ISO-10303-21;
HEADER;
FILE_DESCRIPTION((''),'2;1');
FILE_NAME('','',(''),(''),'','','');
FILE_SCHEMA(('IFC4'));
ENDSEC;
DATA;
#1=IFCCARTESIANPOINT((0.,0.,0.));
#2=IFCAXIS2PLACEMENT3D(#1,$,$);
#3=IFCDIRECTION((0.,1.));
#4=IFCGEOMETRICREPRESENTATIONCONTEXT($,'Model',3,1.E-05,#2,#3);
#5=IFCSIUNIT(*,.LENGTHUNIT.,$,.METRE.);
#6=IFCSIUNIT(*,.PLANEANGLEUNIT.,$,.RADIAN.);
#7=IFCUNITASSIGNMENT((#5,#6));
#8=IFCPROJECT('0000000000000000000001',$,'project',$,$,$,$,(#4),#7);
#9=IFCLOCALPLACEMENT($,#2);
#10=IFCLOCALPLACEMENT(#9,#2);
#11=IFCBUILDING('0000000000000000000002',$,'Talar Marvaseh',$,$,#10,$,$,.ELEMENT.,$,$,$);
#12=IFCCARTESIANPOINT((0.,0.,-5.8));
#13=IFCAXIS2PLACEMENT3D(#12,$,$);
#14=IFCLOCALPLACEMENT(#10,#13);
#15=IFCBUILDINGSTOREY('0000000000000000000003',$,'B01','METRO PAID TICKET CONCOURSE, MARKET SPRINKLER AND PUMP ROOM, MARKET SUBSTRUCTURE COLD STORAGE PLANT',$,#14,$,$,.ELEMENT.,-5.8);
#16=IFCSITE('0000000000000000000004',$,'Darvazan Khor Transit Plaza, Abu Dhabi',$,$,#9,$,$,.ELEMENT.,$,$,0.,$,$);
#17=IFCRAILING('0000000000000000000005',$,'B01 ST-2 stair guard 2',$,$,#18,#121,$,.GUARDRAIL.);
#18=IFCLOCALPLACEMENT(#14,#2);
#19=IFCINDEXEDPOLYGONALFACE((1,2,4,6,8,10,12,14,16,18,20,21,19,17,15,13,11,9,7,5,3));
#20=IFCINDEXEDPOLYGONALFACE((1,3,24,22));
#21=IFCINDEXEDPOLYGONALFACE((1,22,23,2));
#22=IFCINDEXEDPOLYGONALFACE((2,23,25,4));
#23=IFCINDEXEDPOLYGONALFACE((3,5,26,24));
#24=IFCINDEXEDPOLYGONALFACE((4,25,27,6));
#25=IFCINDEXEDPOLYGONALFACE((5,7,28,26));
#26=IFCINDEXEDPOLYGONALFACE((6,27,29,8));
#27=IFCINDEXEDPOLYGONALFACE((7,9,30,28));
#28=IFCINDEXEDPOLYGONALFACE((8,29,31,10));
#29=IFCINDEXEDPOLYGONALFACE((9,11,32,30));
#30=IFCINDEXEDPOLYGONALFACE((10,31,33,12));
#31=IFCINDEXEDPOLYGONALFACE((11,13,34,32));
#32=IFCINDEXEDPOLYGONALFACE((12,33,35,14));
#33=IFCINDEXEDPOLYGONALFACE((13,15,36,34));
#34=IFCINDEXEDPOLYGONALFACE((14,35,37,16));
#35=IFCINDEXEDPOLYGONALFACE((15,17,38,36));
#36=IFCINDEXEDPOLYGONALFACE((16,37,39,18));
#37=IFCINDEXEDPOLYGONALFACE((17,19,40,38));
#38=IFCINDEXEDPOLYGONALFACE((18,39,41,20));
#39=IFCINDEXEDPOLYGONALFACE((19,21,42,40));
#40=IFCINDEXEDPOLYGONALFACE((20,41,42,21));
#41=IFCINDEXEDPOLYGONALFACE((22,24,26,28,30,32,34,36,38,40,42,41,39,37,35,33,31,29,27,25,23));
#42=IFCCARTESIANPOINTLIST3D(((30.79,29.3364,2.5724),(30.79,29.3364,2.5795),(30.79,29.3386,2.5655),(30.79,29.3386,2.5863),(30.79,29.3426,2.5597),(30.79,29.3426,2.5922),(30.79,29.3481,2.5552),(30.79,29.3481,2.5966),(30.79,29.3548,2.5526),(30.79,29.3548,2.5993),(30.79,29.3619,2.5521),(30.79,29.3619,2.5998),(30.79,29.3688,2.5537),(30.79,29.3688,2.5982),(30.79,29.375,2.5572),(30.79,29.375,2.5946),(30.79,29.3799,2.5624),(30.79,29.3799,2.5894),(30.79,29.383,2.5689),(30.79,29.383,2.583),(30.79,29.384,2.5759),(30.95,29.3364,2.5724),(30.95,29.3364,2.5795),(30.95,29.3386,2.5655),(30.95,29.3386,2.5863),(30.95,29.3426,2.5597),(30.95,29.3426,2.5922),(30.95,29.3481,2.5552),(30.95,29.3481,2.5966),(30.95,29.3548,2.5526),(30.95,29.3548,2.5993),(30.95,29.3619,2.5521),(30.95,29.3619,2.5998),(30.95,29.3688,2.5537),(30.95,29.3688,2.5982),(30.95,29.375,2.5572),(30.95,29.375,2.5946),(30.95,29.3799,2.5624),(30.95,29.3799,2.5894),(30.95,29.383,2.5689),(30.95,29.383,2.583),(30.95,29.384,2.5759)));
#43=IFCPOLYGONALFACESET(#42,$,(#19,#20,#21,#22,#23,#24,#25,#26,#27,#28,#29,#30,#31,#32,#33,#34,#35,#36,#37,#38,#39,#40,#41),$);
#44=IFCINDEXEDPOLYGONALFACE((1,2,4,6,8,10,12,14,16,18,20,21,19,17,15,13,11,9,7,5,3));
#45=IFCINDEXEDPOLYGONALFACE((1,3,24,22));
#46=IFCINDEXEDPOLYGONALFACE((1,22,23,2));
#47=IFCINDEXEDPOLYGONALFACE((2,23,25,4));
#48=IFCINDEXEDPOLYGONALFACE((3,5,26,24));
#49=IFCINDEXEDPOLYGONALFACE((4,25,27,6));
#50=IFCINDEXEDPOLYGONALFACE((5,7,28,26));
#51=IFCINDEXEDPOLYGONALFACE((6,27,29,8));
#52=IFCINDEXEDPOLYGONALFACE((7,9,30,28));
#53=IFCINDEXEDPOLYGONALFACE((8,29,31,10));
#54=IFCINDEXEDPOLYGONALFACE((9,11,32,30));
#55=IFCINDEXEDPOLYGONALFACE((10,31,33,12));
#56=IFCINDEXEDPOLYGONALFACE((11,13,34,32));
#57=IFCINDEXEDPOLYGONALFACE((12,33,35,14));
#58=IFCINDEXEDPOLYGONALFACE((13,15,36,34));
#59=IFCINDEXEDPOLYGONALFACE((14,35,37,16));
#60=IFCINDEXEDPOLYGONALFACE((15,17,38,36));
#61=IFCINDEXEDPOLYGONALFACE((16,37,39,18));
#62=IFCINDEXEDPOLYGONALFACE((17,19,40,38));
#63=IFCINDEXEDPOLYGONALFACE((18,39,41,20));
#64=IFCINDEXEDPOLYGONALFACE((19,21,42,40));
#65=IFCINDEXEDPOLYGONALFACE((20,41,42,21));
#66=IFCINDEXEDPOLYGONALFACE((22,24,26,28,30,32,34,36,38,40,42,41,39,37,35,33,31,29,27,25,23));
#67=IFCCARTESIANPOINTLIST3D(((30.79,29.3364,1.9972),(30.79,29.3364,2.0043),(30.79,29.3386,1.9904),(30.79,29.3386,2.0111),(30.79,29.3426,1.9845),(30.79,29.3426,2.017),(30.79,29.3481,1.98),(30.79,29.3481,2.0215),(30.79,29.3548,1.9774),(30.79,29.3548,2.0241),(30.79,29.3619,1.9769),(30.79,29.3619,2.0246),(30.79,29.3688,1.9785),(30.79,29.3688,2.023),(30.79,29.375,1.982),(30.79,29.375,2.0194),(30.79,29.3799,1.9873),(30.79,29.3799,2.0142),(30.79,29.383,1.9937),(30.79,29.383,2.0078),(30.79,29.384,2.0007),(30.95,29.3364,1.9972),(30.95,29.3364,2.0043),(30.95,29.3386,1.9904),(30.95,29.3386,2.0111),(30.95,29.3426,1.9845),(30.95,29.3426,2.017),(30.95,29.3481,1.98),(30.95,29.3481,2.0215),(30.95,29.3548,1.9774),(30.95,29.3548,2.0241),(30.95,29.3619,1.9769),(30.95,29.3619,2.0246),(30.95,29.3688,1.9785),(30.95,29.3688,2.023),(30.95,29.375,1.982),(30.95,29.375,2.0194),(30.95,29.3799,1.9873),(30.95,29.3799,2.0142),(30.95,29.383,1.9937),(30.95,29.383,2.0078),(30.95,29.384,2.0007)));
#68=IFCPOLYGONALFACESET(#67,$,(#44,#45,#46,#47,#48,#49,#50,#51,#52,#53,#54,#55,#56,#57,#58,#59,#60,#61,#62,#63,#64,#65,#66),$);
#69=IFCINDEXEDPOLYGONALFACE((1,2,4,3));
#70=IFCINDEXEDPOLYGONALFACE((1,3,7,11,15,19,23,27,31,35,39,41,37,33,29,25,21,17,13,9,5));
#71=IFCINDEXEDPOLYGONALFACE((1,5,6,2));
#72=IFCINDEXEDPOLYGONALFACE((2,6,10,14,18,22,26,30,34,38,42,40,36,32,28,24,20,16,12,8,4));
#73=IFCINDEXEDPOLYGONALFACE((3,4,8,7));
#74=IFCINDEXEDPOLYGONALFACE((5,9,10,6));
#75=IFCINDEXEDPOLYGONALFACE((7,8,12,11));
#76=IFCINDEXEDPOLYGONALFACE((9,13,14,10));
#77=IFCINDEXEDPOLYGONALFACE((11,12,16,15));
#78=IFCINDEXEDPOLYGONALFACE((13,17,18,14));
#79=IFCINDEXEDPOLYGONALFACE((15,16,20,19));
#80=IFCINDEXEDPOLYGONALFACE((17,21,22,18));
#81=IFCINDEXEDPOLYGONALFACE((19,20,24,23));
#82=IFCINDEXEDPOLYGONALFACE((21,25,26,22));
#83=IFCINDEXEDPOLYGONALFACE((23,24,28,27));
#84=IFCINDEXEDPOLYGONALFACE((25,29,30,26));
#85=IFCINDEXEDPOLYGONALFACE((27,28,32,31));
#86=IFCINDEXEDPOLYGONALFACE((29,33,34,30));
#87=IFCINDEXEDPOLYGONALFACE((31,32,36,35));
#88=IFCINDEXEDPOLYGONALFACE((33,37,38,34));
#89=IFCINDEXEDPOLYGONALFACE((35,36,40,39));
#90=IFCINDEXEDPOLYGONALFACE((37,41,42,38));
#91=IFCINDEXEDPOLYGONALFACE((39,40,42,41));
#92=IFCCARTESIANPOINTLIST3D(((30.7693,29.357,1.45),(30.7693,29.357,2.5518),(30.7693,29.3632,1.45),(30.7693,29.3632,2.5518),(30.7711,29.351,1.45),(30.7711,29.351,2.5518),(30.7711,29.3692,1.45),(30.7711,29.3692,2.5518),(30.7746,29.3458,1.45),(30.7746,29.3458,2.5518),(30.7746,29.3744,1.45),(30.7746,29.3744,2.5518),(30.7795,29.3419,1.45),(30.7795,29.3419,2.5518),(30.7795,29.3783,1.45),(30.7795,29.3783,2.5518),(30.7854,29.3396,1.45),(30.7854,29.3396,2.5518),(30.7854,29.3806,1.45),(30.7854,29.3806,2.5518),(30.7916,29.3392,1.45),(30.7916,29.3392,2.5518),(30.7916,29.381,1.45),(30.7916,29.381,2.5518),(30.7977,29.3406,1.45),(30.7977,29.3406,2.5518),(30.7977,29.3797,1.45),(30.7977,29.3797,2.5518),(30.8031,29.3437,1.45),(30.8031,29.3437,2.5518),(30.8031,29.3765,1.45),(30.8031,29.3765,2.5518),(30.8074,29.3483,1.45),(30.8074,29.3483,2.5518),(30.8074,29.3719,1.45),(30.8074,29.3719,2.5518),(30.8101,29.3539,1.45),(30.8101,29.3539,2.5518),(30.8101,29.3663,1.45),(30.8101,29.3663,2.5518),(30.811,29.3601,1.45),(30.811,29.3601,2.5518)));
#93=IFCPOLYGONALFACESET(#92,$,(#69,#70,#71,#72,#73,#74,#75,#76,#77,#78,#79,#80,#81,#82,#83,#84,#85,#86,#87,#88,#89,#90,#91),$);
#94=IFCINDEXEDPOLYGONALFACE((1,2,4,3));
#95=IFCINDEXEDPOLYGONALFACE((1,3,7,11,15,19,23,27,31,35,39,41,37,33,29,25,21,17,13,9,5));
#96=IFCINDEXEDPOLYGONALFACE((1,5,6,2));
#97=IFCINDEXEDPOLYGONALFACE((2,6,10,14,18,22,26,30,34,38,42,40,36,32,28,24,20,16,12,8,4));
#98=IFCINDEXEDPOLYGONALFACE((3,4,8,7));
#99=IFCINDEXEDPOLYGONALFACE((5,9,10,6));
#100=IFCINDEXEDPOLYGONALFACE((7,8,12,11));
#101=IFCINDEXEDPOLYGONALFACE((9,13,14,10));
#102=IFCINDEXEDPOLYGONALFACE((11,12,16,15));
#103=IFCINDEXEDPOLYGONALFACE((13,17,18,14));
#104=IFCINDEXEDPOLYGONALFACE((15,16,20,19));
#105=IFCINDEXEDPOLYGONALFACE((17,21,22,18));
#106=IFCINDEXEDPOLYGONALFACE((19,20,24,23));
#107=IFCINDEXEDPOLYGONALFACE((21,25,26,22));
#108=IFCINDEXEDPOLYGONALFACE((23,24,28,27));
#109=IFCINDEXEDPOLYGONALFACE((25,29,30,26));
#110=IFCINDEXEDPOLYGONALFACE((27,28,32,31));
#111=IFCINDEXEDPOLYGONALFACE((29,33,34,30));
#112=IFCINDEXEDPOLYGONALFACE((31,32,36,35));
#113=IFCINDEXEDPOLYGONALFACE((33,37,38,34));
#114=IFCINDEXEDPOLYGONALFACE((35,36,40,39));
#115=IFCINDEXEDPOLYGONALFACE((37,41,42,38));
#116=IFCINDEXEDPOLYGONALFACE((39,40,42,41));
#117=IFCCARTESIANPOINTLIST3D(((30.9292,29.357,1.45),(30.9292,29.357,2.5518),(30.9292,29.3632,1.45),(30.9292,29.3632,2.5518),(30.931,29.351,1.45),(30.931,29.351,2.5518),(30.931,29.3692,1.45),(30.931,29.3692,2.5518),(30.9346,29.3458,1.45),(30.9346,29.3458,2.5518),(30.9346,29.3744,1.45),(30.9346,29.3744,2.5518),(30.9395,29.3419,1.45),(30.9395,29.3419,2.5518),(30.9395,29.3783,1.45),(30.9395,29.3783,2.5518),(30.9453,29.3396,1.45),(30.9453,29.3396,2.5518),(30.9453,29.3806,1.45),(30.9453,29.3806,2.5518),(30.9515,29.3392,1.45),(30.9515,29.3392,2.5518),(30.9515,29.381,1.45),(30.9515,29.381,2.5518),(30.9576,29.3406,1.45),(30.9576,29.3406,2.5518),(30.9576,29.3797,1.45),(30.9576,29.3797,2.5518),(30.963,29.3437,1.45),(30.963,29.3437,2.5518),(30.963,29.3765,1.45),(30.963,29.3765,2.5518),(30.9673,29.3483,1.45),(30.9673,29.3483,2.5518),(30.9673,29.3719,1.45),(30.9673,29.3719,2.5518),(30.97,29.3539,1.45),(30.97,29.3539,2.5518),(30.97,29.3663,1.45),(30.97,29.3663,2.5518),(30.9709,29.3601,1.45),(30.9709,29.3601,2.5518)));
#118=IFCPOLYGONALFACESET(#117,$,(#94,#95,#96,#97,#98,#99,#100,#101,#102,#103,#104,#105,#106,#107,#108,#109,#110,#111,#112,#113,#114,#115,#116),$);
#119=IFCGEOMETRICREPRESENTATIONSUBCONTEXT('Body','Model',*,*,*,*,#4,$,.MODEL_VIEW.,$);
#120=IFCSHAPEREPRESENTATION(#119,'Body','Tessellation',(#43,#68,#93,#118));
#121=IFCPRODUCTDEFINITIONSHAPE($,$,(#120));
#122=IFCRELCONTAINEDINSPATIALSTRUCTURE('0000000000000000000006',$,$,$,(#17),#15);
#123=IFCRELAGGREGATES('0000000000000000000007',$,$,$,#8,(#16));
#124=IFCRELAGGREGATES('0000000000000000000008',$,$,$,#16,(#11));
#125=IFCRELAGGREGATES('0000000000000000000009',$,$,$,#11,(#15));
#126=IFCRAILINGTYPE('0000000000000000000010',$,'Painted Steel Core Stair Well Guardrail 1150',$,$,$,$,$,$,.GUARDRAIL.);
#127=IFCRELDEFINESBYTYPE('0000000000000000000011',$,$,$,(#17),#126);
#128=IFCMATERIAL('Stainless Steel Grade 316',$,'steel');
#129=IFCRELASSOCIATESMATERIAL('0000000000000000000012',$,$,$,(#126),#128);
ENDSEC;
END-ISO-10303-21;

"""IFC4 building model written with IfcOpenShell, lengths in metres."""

from ifc_helpers import new_model, si_unit, direction, frame, origin, origin_2d, place, context, subcontext, project, spatial, circle, extrude, material, type_object, element, save


model = new_model("IFC4")

# Units and contexts
model_context = context("Model", 3, precision=1e-05, world=origin(), true_north=direction((0.0, 1.0)))
body_context = subcontext(model_context, "Body", "Model", "MODEL_VIEW")
ifc_project = project(units=[si_unit("LENGTHUNIT", "METRE"), si_unit("PLANEANGLEUNIT", "RADIAN")], contexts=[model_context])

# Site, building, storey
site_placement = place(None, origin())
site = spatial("IfcSite", under=ifc_project, at=site_placement, Name="Darvazan Khor Transit Plaza, Abu Dhabi", CompositionType="ELEMENT", RefElevation=0.0)
building_placement = place(site_placement, origin())
building = spatial("IfcBuilding", under=site, at=building_placement, Name="Talar Marvaseh", CompositionType="ELEMENT")
storey_placement = place(building_placement, frame((0.0, 0.0, -5.8)))
storey = spatial("IfcBuildingStorey", under=building, at=storey_placement, Name="B01", Description="METRO PAID TICKET CONCOURSE, MARKET SPRINKLER AND PUMP ROOM, MARKET SUBSTRUCTURE COLD STORAGE PLANT", CompositionType="ELEMENT", Elevation=-5.8)

# Railing
ifc_material_1 = material(Name="Stainless Steel Grade 316", Category="steel")
railing_type_1 = type_object("IfcRailingType", Name="Painted Steel Core Stair Well Guardrail 1150", PredefinedType="GUARDRAIL", material=ifc_material_1)
railing_1_placement = place(storey_placement, frame((30.79, 29.3601, 1.45)))
element("IfcRailing", 1, at=railing_1_placement, inside=storey, type_object=railing_type_1, Name="B01 ST-2 stair guard 2", PredefinedType="GUARDRAIL", context=body_context, shape_type="SweptSolid", body=[
    extrude(circle(Radius=0.0239, at=origin_2d()), frame((0.0, 0.0, 1.126), z_axis=(1.0, 0.0, 0.0), x_axis=(0.0, 1.0, 0.0)), (0.0, 0.0, 1.0), 0.1599),
    extrude(circle(Radius=0.0239, at=origin_2d()), frame((0.0, 0.0, 0.5508), z_axis=(1.0, 0.0, 0.0), x_axis=(0.0, 1.0, 0.0)), (0.0, 0.0, 1.0), 0.1599),
    extrude(circle(Radius=0.021, at=origin_2d()), origin(), (0.0, 0.0, 1.0), 1.1018),
    extrude(circle(Radius=0.021, at=origin_2d()), frame((0.1599, 0.0, 0.0)), (0.0, 0.0, 1.0), 1.1018),
])

save(model, "model.ifc")
